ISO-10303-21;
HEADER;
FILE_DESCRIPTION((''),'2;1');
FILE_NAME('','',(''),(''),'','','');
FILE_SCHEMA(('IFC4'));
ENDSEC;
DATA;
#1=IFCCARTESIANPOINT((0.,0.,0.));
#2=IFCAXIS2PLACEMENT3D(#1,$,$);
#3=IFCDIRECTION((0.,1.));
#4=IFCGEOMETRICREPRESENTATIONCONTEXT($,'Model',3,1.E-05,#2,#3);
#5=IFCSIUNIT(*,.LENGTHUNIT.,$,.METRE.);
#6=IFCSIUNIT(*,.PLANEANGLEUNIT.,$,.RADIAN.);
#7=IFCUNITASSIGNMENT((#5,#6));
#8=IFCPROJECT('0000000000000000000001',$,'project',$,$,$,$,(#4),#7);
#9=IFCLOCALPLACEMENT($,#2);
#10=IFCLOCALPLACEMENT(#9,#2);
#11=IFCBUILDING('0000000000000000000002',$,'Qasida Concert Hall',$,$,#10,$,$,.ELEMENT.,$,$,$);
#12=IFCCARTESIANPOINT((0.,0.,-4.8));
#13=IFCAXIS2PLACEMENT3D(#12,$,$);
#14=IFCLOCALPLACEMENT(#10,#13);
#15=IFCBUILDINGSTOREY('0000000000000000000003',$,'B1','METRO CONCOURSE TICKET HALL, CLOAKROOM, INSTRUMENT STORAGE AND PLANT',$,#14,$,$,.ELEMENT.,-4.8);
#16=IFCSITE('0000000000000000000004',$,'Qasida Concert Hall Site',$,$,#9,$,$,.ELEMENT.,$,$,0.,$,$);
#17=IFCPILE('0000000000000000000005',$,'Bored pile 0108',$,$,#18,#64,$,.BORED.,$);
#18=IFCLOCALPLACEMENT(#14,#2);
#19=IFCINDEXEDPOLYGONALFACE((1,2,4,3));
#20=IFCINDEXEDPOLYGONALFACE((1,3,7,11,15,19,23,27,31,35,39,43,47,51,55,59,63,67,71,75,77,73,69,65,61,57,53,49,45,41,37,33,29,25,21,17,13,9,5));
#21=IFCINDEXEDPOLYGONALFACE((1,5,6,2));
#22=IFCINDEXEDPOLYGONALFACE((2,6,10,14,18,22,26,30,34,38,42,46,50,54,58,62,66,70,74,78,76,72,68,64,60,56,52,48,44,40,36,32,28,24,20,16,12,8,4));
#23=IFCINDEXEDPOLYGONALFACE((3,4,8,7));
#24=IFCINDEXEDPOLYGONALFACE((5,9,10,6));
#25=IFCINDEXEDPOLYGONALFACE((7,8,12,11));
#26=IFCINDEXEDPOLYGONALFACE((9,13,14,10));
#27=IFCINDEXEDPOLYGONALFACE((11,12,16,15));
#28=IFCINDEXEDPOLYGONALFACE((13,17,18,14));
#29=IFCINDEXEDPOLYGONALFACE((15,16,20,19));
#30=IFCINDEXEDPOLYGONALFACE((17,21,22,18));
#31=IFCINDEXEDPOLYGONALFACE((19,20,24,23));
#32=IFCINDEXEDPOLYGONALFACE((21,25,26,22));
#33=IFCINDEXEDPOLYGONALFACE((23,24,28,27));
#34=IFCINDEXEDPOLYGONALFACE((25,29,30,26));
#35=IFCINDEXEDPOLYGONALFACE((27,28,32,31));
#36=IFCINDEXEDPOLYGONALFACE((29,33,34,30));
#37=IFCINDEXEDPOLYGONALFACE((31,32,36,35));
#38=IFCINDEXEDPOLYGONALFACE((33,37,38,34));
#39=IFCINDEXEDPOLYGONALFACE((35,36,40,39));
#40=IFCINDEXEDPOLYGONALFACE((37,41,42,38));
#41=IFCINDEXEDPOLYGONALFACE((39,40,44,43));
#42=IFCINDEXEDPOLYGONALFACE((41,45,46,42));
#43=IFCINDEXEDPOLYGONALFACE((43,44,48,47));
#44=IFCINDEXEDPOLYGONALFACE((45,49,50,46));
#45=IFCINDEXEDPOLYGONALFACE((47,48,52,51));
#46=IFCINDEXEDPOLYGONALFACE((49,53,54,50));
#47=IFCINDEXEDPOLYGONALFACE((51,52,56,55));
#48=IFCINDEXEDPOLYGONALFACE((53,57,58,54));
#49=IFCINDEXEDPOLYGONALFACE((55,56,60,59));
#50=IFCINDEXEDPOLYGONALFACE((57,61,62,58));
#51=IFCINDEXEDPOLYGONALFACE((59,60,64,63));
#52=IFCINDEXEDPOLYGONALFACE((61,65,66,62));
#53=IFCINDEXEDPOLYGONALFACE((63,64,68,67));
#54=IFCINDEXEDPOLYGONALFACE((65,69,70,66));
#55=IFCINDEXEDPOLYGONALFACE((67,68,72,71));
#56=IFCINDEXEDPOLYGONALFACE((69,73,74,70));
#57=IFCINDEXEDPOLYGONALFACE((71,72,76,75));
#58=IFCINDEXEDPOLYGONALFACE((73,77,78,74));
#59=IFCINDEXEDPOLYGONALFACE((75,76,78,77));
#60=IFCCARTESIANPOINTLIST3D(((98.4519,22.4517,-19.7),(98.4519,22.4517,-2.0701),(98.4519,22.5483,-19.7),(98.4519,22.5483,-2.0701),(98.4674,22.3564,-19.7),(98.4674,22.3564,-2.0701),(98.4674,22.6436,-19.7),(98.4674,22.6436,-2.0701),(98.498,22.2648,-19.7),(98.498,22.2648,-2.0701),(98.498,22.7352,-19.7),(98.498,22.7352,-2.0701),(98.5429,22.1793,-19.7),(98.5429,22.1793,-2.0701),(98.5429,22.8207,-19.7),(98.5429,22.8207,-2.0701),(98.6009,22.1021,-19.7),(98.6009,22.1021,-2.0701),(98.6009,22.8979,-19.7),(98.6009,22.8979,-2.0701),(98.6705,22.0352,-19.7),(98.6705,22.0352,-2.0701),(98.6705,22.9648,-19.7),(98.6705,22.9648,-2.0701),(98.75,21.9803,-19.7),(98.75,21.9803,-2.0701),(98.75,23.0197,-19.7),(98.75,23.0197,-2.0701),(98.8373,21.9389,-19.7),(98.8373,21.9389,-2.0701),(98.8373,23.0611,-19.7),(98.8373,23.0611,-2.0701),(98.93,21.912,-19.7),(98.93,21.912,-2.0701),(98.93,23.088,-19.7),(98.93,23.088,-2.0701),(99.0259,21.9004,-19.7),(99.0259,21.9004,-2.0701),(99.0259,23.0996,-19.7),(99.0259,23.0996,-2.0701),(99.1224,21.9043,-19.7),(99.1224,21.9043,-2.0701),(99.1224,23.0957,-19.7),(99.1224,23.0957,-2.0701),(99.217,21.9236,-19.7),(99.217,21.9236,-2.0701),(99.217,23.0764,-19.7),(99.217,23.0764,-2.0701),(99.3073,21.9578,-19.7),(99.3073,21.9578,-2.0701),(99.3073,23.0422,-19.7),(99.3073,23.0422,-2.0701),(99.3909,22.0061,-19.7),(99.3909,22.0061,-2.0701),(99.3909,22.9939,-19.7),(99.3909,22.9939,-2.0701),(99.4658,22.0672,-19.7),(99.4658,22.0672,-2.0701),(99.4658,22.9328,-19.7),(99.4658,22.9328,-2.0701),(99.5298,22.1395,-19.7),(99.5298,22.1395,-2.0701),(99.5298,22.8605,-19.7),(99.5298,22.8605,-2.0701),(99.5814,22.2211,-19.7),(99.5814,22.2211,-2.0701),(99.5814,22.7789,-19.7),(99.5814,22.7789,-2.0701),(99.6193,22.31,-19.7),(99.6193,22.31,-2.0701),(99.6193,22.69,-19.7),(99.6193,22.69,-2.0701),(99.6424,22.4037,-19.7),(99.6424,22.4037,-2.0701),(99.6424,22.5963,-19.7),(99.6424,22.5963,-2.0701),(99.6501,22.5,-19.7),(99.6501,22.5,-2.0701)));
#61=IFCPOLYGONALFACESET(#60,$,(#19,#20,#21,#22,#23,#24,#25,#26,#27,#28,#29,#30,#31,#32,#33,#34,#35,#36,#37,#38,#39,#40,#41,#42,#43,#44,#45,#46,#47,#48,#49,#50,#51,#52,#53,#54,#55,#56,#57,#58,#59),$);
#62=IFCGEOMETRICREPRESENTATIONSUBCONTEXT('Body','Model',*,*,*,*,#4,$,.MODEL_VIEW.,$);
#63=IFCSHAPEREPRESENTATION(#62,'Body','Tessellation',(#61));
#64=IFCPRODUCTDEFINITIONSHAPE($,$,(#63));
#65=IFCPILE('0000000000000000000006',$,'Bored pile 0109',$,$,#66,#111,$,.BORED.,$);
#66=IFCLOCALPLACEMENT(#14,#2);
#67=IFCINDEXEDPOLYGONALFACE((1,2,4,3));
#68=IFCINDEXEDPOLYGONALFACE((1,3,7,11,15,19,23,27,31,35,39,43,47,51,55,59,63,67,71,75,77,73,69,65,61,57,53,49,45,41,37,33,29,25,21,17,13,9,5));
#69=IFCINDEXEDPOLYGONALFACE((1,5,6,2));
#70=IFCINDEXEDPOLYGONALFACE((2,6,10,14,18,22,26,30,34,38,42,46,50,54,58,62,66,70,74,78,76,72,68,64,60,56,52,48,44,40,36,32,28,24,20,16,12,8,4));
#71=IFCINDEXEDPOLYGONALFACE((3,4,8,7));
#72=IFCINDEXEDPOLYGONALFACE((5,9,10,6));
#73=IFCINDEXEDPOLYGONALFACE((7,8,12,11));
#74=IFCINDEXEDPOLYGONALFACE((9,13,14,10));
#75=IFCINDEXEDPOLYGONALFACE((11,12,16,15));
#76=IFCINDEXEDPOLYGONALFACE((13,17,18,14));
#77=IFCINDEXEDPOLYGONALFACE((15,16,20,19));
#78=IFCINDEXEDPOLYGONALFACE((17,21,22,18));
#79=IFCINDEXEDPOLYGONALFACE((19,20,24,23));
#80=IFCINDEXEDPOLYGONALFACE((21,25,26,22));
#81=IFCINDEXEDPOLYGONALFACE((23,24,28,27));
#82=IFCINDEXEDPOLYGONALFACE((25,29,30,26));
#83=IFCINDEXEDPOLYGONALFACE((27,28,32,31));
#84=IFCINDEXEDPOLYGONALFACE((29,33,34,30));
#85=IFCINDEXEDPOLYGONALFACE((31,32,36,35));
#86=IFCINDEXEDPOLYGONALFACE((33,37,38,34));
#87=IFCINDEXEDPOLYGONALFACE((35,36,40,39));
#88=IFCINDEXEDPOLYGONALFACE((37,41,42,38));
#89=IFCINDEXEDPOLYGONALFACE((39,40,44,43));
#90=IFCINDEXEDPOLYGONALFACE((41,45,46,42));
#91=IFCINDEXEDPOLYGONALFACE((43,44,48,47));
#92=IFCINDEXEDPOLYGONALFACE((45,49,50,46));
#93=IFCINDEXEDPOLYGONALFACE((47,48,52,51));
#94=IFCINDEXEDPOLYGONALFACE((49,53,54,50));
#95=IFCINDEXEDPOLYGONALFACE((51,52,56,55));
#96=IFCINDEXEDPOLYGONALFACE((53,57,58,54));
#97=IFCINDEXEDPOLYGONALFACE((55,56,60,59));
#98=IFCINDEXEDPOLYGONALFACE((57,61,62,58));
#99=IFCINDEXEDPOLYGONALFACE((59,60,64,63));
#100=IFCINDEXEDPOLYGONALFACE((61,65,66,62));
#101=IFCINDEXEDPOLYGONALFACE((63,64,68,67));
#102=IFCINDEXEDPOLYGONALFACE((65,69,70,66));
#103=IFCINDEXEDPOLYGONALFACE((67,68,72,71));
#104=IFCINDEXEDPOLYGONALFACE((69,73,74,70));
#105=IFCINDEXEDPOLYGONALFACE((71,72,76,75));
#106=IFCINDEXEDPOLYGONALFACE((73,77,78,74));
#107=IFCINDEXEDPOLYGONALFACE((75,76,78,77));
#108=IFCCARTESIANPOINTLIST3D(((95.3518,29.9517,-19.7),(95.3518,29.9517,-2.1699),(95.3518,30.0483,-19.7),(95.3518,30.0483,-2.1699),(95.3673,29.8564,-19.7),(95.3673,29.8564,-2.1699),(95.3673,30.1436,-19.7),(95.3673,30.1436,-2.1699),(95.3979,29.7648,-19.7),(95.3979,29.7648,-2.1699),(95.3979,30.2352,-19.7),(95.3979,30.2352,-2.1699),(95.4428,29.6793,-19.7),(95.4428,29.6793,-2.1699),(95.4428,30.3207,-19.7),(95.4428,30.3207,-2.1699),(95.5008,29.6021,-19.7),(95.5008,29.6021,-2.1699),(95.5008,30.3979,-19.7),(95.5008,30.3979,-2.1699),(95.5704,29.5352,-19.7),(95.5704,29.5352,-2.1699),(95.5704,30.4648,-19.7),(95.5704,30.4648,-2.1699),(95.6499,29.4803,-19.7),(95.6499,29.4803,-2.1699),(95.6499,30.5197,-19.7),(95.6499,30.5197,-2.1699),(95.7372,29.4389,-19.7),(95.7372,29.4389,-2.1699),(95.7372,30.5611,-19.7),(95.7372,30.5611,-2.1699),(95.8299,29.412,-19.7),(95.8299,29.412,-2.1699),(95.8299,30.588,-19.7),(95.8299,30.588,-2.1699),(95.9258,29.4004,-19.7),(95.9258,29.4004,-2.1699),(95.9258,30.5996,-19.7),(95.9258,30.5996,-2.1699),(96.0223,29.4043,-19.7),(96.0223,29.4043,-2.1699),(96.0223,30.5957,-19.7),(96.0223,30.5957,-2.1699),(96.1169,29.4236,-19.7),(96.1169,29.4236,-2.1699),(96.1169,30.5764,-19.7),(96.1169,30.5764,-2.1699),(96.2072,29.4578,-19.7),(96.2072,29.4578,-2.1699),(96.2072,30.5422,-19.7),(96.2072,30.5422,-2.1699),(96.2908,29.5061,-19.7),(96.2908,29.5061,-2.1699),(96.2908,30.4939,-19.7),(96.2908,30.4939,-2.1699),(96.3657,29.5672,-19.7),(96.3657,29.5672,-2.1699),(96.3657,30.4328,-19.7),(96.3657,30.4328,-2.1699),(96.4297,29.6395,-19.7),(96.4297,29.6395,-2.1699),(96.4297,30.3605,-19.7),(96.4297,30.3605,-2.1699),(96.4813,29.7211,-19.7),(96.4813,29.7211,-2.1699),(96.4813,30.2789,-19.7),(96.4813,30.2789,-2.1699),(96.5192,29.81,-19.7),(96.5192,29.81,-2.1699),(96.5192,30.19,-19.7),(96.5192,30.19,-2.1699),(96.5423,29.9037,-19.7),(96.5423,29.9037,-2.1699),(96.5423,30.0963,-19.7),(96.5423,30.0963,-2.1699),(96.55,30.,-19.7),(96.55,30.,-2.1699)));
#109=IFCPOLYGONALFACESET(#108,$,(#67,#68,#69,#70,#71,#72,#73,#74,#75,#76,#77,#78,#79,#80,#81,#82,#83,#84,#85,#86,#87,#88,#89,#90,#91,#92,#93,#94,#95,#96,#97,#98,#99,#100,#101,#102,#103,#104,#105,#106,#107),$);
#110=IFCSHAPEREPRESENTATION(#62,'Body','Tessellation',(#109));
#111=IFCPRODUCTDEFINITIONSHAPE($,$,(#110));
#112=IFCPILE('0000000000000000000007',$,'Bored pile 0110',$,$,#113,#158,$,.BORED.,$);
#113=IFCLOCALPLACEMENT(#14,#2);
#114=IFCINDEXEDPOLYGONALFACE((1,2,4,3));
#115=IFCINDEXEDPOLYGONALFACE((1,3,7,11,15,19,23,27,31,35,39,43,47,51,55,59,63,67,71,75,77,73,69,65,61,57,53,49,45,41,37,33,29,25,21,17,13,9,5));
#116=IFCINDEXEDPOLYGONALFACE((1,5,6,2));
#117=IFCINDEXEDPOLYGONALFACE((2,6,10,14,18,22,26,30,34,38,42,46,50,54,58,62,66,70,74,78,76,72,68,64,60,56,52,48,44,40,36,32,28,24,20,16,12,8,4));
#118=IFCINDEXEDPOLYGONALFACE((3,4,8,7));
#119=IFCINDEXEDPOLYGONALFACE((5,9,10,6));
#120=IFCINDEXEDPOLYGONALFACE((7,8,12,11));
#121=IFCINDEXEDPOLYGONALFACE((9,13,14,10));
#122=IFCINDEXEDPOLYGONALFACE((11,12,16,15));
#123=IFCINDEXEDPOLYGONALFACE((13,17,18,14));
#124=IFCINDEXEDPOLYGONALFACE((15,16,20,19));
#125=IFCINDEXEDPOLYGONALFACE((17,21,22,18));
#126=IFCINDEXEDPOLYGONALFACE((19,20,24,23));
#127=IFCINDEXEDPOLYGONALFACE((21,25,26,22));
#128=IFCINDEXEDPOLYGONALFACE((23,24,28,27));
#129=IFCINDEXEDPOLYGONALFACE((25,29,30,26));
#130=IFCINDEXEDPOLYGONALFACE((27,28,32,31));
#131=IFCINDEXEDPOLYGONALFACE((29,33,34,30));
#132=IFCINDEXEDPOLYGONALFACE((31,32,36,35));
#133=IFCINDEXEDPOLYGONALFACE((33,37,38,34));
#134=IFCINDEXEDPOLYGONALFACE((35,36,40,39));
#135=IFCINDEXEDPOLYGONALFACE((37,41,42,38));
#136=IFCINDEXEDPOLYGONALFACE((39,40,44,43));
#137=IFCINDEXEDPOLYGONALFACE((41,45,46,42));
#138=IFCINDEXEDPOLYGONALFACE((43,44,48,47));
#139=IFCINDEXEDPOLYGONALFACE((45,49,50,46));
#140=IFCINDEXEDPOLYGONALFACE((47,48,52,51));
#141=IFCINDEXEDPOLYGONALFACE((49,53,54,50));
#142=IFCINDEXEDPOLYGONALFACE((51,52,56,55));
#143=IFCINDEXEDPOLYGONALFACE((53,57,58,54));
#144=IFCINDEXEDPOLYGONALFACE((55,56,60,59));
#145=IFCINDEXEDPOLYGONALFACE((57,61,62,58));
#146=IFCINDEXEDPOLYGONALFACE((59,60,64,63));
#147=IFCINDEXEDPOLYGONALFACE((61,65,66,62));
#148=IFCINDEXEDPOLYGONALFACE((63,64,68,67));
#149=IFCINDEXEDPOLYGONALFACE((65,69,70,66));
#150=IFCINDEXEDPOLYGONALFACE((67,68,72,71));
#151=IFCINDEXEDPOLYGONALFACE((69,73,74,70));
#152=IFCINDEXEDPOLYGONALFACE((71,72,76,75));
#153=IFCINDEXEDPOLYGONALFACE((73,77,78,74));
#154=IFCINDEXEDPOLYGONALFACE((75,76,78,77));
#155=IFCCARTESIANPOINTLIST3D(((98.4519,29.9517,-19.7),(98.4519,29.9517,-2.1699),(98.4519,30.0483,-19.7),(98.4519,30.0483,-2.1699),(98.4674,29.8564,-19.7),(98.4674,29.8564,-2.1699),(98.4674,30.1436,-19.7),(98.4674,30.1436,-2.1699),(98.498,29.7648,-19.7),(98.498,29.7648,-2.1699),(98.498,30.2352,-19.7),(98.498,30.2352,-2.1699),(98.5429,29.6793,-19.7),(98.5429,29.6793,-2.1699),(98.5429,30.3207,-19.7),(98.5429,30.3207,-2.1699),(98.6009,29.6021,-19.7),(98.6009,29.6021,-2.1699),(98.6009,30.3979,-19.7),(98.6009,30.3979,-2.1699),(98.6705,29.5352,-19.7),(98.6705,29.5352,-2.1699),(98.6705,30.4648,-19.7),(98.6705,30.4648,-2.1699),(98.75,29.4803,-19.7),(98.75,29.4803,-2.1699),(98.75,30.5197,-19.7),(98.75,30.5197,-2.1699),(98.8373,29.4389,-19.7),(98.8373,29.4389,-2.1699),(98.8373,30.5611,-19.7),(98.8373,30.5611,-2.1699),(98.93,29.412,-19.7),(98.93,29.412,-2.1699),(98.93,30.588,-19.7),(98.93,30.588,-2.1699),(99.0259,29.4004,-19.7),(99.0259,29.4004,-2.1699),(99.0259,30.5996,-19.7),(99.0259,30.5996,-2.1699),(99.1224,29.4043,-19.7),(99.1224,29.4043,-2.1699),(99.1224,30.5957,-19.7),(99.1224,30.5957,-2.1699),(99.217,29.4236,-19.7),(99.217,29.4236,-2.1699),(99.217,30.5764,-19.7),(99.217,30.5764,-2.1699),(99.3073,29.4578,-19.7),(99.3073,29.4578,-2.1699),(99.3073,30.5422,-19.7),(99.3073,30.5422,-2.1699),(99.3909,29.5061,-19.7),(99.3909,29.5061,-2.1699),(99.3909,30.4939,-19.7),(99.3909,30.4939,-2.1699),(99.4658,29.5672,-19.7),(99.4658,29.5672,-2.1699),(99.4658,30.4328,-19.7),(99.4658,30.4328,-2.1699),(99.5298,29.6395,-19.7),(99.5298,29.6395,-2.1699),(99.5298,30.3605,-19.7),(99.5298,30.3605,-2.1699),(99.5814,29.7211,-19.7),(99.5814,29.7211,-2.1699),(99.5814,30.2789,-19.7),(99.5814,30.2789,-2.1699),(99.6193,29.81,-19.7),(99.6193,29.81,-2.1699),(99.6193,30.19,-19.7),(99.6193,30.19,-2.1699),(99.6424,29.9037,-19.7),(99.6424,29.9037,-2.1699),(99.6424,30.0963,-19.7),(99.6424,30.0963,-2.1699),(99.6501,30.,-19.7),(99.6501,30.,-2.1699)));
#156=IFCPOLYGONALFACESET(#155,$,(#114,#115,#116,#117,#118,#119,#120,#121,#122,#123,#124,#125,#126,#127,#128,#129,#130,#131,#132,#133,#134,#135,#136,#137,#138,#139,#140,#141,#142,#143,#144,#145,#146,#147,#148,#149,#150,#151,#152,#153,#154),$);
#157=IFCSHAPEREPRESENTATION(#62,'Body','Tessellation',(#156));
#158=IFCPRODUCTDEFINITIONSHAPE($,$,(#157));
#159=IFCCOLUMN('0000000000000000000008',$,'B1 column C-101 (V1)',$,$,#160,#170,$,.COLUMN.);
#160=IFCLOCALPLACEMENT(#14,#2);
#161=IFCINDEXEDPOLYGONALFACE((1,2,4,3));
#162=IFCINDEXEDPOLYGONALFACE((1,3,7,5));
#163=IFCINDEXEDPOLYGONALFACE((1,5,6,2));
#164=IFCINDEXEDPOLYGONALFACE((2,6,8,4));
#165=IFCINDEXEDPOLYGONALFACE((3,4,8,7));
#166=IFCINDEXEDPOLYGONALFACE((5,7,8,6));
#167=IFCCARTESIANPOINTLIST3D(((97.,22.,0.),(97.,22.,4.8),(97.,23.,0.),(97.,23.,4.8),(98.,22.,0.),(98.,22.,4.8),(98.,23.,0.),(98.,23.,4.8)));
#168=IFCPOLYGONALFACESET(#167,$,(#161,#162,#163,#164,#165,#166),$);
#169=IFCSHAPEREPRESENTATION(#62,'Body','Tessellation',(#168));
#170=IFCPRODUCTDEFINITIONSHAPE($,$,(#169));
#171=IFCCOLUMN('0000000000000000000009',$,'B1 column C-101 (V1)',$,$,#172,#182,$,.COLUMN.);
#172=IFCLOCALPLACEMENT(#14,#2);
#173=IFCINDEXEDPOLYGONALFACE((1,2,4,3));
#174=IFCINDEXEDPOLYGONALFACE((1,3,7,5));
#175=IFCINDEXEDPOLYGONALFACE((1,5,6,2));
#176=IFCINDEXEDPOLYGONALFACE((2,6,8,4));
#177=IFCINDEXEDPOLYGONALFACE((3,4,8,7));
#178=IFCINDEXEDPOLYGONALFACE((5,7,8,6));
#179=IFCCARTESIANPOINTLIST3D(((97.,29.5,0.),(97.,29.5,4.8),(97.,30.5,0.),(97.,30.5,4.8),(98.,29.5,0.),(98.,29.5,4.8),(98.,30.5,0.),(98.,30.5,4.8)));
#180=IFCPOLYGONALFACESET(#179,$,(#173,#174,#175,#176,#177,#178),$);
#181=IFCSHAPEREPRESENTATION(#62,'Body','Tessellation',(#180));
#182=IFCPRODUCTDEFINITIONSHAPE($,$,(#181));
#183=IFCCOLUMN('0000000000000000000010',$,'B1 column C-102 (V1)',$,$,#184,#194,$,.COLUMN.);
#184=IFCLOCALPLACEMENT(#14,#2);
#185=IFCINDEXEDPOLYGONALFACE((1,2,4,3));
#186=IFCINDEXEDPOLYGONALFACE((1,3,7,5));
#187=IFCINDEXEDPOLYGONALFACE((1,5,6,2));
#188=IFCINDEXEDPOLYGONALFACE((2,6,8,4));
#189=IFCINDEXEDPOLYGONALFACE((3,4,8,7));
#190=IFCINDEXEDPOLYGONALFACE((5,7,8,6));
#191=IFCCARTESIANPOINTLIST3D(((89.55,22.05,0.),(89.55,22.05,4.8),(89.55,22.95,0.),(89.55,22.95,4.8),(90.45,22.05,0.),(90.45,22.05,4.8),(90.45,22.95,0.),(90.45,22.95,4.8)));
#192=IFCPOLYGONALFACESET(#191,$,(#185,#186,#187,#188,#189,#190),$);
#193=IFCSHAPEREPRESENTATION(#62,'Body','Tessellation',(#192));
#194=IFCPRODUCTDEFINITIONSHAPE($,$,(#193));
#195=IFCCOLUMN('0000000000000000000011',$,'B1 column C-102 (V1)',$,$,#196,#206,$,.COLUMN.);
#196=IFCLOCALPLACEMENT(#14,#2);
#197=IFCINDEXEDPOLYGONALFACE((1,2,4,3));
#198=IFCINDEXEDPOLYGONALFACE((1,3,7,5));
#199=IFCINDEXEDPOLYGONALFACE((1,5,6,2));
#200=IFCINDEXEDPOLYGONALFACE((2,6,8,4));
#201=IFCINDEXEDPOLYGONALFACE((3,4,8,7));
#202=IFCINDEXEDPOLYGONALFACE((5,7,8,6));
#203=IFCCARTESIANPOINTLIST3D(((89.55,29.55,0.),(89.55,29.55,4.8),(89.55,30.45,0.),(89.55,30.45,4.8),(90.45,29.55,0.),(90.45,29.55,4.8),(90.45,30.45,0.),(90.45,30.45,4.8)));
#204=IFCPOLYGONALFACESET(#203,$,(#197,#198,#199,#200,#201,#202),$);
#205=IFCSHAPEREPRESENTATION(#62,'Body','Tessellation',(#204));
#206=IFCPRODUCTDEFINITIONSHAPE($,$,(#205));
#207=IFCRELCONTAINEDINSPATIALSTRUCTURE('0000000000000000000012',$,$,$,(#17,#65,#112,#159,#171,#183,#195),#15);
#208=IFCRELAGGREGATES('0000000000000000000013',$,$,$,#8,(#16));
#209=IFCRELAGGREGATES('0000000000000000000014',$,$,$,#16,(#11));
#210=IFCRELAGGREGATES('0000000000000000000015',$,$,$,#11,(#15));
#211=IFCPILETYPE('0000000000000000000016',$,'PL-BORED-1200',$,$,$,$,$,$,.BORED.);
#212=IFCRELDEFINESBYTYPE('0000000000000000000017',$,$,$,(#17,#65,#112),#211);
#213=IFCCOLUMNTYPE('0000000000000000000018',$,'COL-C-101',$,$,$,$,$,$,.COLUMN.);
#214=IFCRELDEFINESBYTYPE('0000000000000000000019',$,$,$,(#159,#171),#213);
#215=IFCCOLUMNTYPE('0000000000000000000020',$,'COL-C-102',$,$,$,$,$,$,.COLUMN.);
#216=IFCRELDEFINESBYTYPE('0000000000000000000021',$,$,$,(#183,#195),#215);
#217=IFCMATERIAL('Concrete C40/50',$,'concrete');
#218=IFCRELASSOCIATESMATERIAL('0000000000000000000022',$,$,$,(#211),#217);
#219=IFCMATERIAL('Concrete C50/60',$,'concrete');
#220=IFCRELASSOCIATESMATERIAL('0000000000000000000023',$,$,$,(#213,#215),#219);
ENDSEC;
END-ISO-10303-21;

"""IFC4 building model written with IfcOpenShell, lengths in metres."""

from ifc_helpers import new_model, si_unit, direction, frame, origin, origin_2d, place, context, subcontext, project, spatial, rectangle, circle, extrude, material, material_profile, profile_set, type_object, element, save


model = new_model("IFC4")

# Units and contexts
model_context = context("Model", 3, precision=1e-05, world=origin(), true_north=direction((0.0, 1.0)))
body_context = subcontext(model_context, "Body", "Model", "MODEL_VIEW")
ifc_project = project(units=[si_unit("LENGTHUNIT", "METRE"), si_unit("PLANEANGLEUNIT", "RADIAN")], contexts=[model_context])

# Site, building, storey
site_placement = place(None, origin())
site = spatial("IfcSite", under=ifc_project, at=site_placement, Name="Qasida Concert Hall Site", CompositionType="ELEMENT", RefElevation=0.0)
building_placement = place(site_placement, origin())
building = spatial("IfcBuilding", under=site, at=building_placement, Name="Qasida Concert Hall", CompositionType="ELEMENT")
storey_placement = place(building_placement, frame((0.0, 0.0, -4.8)))
storey = spatial("IfcBuildingStorey", under=building, at=storey_placement, Name="B1", Description="METRO CONCOURSE TICKET HALL, CLOAKROOM, INSTRUMENT STORAGE AND PLANT", CompositionType="ELEMENT", Elevation=-4.8)

# Shared definitions
ifc_material_1 = material(Name="Concrete C40/50", Category="concrete")

# Piles
ifc_material_profile_1 = material_profile(ifc_material_1, circle(Radius=0.6001, at=origin_2d()), Name="BORED PILE D1200")
ifc_profile_set_1 = profile_set([ifc_material_profile_1], Name="Concrete C40/50")
pile_type_1 = type_object("IfcPileType", Name="PL-BORED-1200", PredefinedType="BORED", material=ifc_profile_set_1)
for number, where, z_axis, x_axis, name in (
    (1, (99.05, 22.5, -2.0701), (0.0, 0.0, -1.0), (1.0, 0.0, 0.0), "Bored pile 0108"),
):
    element("IfcPile", number, at=place(storey_placement, frame(where, z_axis=z_axis, x_axis=x_axis)), inside=storey, type_object=pile_type_1, Name=name, PredefinedType="BORED", context=body_context, shape_type="SweptSolid", body=[
        extrude(circle(Radius=0.6001, at=origin_2d()), origin(), (0.0, 0.0, 1.0), 17.6299),
    ])
for number, where, z_axis, x_axis, name in (
    (2, (95.95, 30.0, -2.1699), (0.0, 0.0, -1.0), (1.0, 0.0, 0.0), "Bored pile 0109"),
    (3, (99.05, 30.0, -2.1699), (0.0, 0.0, -1.0), (1.0, 0.0, 0.0), "Bored pile 0110"),
):
    element("IfcPile", number, at=place(storey_placement, frame(where, z_axis=z_axis, x_axis=x_axis)), inside=storey, type_object=pile_type_1, Name=name, PredefinedType="BORED", context=body_context, shape_type="SweptSolid", body=[
        extrude(circle(Radius=0.6001, at=origin_2d()), origin(), (0.0, 0.0, 1.0), 17.53),
    ])

# Columns
ifc_material_2 = material(Name="Concrete C50/60", Category="concrete")
ifc_material_profile_2 = material_profile(ifc_material_2, rectangle(XDim=1.0, YDim=1.0, at=origin_2d()), Name="RC 1000x1000")
ifc_profile_set_2 = profile_set([ifc_material_profile_2], Name="Concrete C50/60")
column_type_1 = type_object("IfcColumnType", Name="COL-C-101", PredefinedType="COLUMN", material=ifc_profile_set_2)
for number, where, z_axis, x_axis, name in (
    (4, (97.5, 22.5, 0.0), (0.0, 0.0, 1.0), (1.0, 0.0, 0.0), "B1 column C-101 (V1)"),
    (5, (97.5, 30.0, 0.0), (0.0, 0.0, 1.0), (1.0, 0.0, 0.0), "B1 column C-101 (V1)"),
):
    element("IfcColumn", number, at=place(storey_placement, frame(where, z_axis=z_axis, x_axis=x_axis)), inside=storey, type_object=column_type_1, Name=name, PredefinedType="COLUMN", context=body_context, shape_type="SweptSolid", body=[
        extrude(rectangle(XDim=1.0, YDim=1.0, at=origin_2d()), origin(), (0.0, 0.0, 1.0), 4.8),
    ])
ifc_material_profile_3 = material_profile(ifc_material_2, rectangle(XDim=0.8999, YDim=0.8999, at=origin_2d()), Name="RC 900x900")
ifc_profile_set_3 = profile_set([ifc_material_profile_3], Name="Concrete C50/60")
column_type_2 = type_object("IfcColumnType", Name="COL-C-102", PredefinedType="COLUMN", material=ifc_profile_set_3)
for number, where, z_axis, x_axis, name in (
    (6, (90.0, 22.5, 0.0), (0.0, 0.0, 1.0), (1.0, 0.0, 0.0), "B1 column C-102 (V1)"),
    (7, (90.0, 30.0, 0.0), (0.0, 0.0, 1.0), (1.0, 0.0, 0.0), "B1 column C-102 (V1)"),
):
    element("IfcColumn", number, at=place(storey_placement, frame(where, z_axis=z_axis, x_axis=x_axis)), inside=storey, type_object=column_type_2, Name=name, PredefinedType="COLUMN", context=body_context, shape_type="SweptSolid", body=[
        extrude(rectangle(XDim=0.8999, YDim=0.8999, at=origin_2d()), origin(), (0.0, 0.0, 1.0), 4.8),
    ])

save(model, "model.ifc")
